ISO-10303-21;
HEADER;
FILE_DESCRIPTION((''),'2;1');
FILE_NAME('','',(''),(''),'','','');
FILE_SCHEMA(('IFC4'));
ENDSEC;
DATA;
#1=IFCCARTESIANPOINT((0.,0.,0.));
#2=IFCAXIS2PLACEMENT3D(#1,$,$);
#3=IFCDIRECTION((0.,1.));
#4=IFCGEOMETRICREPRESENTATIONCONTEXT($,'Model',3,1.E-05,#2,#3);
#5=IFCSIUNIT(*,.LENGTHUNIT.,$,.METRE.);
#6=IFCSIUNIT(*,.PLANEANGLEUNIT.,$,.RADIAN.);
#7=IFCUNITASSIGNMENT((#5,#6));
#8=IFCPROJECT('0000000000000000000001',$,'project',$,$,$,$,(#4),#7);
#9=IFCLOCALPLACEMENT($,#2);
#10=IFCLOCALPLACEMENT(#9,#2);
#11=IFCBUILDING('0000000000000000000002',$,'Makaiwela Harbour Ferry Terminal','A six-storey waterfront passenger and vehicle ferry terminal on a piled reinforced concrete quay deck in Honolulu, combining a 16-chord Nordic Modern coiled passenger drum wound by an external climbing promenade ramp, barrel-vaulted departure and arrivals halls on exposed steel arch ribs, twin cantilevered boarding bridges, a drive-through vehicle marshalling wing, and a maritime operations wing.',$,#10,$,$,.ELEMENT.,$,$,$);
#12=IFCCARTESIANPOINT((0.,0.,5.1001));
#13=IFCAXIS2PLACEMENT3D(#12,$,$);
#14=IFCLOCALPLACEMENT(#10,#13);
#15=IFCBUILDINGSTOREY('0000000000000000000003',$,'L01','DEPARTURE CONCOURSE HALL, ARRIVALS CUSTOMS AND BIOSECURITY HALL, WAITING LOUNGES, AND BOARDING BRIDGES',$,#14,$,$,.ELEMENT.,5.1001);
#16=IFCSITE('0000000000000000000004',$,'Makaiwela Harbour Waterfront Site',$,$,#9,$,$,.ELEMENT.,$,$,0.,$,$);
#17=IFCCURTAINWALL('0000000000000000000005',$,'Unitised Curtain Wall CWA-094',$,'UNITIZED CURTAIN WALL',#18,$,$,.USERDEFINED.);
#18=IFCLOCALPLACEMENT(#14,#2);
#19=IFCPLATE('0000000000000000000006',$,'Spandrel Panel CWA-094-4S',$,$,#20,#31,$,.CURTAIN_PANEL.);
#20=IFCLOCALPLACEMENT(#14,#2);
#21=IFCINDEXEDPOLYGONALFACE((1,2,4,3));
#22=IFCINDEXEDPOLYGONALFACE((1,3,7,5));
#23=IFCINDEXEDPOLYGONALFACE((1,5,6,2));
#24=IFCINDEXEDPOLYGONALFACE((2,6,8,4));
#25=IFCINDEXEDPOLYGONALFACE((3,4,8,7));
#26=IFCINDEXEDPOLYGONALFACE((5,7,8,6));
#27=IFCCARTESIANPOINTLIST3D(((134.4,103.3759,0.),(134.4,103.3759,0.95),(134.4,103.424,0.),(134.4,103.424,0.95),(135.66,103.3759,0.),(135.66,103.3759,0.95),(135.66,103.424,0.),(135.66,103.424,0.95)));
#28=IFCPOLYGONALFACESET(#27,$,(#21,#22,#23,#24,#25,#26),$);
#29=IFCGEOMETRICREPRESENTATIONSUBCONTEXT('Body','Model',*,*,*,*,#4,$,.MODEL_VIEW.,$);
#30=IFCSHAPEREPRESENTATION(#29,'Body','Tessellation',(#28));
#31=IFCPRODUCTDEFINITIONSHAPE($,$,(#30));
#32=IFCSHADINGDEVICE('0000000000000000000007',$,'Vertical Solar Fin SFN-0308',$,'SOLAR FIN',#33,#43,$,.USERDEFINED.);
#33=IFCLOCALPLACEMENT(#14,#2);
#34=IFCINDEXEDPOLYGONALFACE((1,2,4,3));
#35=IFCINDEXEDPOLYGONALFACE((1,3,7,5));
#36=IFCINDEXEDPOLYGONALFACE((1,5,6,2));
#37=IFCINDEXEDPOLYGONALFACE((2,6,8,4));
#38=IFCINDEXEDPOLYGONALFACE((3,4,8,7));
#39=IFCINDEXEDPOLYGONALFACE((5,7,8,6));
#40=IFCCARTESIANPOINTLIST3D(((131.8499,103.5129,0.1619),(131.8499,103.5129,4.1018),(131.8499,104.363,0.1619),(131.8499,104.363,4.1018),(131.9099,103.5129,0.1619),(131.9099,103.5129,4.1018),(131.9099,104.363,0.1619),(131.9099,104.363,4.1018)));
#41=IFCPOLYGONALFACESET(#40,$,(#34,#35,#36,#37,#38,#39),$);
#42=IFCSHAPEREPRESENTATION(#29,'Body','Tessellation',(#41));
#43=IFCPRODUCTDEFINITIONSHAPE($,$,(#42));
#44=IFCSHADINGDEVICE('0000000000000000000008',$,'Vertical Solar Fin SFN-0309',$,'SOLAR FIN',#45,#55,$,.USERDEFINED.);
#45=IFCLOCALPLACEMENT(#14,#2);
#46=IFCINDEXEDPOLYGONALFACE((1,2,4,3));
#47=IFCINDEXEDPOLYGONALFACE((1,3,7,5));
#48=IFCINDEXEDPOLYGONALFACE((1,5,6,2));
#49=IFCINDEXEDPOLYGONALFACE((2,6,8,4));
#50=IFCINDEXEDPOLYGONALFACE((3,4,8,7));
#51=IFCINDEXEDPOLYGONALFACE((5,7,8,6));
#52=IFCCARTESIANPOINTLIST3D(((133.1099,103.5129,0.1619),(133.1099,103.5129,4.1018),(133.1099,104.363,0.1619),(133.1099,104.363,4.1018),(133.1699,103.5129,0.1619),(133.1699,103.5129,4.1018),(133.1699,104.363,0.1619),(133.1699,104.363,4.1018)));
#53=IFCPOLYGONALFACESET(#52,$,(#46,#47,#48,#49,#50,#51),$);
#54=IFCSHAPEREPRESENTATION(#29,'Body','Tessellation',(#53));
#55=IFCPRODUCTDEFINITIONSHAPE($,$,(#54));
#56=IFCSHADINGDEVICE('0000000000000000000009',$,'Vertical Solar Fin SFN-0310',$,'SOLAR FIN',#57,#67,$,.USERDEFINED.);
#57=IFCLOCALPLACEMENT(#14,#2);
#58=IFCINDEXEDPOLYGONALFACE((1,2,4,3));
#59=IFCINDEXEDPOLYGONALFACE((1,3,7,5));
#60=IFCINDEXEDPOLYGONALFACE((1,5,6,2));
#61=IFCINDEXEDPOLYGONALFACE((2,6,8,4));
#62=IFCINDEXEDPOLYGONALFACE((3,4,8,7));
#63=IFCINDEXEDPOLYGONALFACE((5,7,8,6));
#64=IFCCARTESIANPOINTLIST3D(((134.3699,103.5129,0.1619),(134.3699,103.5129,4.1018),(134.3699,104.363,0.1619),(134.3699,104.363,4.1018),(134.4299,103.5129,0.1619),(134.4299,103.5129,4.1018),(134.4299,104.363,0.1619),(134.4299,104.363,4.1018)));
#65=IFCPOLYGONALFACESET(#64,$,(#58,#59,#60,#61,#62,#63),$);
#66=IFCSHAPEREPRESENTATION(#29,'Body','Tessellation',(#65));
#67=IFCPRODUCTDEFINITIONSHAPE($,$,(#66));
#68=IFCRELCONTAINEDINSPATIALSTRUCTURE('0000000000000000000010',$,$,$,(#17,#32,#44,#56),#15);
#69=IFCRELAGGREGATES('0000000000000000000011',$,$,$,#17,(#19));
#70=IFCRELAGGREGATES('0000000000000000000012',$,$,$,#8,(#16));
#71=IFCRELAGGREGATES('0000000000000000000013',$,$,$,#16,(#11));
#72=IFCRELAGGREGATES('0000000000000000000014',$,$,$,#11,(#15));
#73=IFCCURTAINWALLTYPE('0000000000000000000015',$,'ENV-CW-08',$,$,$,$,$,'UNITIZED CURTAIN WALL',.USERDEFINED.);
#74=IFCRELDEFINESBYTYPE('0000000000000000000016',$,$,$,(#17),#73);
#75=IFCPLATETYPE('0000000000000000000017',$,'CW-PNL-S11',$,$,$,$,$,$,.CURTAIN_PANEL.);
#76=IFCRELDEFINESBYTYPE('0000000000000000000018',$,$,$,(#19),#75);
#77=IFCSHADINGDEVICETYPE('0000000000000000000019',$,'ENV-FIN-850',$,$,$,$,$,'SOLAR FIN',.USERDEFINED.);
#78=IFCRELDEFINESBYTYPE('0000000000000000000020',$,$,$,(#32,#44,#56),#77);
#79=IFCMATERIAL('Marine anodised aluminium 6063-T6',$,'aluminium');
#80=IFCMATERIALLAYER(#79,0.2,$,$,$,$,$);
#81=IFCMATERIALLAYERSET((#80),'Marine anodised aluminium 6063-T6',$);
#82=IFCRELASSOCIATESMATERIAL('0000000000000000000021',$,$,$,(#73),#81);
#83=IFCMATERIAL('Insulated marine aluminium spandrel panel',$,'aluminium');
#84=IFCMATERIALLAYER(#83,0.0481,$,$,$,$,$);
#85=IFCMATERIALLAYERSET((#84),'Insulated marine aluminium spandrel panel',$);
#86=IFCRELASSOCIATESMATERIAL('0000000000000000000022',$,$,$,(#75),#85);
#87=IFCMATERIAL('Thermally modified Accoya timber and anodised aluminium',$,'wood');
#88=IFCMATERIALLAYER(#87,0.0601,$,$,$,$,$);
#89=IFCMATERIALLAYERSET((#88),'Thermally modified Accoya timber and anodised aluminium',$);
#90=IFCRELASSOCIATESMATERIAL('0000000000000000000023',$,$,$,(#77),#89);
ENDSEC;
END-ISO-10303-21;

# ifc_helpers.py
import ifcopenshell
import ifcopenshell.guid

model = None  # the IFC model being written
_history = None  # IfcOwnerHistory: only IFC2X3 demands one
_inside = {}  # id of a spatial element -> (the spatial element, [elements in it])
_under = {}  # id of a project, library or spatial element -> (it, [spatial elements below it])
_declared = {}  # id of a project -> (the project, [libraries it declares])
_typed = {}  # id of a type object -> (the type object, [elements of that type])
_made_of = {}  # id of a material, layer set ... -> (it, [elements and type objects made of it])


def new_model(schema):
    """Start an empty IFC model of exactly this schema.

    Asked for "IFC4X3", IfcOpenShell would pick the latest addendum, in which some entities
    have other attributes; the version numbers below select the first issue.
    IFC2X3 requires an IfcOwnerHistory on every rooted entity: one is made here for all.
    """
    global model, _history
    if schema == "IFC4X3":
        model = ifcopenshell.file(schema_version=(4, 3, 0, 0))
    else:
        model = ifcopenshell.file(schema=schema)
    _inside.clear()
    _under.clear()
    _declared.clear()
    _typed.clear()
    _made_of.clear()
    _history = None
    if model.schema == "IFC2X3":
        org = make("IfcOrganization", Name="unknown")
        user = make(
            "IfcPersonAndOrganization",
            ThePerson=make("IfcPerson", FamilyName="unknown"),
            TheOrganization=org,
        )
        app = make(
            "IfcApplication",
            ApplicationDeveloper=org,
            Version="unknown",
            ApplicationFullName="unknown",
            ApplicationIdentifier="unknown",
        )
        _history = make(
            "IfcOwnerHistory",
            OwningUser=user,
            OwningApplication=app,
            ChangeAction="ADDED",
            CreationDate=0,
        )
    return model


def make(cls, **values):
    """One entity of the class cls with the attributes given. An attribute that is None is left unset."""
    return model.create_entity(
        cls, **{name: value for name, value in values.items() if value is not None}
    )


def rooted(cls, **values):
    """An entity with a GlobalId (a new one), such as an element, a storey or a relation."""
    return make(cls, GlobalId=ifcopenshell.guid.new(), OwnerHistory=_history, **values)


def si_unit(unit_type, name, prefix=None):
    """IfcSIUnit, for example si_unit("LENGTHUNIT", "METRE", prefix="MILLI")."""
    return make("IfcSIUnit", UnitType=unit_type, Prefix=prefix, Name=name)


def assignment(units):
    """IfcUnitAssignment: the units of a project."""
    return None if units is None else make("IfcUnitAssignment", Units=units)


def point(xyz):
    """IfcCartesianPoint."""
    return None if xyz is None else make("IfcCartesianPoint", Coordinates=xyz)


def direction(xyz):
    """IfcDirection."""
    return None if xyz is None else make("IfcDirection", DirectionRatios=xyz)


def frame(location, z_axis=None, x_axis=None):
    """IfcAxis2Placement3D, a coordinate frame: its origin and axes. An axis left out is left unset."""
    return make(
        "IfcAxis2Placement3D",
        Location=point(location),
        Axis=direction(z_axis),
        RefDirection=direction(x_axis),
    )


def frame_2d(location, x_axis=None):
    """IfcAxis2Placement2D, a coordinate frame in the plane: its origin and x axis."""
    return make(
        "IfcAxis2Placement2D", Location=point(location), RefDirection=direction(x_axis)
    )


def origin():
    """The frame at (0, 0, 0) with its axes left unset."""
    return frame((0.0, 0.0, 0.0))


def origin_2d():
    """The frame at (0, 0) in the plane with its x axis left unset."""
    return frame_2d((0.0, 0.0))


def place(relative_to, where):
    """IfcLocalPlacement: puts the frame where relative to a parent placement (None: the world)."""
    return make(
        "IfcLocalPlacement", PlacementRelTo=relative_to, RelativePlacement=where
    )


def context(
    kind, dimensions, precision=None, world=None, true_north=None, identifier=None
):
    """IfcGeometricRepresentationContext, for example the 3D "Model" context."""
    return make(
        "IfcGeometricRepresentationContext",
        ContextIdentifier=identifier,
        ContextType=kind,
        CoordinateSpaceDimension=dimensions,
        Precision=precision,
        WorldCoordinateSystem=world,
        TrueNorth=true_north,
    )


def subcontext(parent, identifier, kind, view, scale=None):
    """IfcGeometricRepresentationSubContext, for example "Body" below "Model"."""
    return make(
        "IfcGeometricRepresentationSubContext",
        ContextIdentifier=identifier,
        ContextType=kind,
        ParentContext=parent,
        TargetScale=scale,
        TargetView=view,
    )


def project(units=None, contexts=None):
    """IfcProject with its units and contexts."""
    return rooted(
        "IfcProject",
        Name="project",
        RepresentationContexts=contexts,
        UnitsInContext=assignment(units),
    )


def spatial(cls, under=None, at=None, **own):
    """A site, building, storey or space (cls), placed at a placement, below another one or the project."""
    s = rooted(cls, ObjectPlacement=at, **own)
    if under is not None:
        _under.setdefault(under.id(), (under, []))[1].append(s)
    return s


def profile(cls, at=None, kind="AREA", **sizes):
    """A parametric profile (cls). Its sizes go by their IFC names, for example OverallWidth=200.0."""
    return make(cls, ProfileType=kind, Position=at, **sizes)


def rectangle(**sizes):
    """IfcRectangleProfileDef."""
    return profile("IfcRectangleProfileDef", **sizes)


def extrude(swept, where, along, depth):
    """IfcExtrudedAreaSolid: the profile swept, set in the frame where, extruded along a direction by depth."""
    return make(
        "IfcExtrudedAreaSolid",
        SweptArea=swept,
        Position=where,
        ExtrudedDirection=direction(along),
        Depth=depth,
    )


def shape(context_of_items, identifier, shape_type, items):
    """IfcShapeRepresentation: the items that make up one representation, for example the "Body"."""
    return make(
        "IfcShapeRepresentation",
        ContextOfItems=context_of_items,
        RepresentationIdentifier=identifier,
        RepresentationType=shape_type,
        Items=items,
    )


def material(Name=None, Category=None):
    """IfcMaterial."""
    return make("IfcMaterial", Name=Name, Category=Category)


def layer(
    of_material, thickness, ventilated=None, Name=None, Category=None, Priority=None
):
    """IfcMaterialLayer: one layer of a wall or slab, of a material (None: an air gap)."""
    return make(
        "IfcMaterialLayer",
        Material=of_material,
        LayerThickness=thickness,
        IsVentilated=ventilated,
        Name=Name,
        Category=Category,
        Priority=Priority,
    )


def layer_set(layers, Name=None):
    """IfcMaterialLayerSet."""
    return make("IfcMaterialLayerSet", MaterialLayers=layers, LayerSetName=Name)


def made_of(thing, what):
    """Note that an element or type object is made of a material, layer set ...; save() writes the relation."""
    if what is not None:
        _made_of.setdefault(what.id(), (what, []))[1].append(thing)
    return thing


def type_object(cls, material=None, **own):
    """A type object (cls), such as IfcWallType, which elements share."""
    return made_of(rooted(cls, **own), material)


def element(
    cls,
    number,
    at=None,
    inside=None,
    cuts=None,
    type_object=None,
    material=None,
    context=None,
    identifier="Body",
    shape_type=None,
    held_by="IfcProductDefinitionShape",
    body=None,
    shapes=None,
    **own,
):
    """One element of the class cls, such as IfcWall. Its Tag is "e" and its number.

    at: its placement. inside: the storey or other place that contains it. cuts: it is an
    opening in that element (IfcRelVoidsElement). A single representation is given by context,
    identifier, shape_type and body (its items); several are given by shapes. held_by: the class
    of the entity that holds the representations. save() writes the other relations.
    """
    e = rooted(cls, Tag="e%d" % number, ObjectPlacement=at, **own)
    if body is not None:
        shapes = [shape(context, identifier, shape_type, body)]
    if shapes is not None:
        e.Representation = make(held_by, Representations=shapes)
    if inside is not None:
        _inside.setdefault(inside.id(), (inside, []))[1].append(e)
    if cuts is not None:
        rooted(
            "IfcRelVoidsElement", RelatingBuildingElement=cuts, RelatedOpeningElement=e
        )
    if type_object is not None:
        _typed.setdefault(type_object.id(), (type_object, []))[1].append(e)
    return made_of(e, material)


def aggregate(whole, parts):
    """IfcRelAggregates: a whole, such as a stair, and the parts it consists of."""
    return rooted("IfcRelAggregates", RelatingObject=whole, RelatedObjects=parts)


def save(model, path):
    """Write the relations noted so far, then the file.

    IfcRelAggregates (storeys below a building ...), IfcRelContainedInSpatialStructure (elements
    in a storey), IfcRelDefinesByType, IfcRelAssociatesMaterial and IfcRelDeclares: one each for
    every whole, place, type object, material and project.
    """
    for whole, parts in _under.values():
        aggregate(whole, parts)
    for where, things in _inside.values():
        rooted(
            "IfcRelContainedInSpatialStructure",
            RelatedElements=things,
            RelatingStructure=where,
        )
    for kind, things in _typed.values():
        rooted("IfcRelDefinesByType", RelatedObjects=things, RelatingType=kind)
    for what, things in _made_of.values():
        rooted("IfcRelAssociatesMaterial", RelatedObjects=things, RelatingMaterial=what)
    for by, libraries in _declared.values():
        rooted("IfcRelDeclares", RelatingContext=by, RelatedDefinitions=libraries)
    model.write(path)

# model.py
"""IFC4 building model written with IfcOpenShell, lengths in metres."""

from ifc_helpers import new_model, si_unit, direction, frame, origin, origin_2d, place, context, subcontext, project, spatial, rectangle, extrude, material, layer, layer_set, type_object, element, aggregate, save


model = new_model("IFC4")

# Units and contexts
model_context = context("Model", 3, precision=1e-05, world=origin(), true_north=direction((0.0, 1.0)))
body_context = subcontext(model_context, "Body", "Model", "MODEL_VIEW")
ifc_project = project(units=[si_unit("LENGTHUNIT", "METRE"), si_unit("PLANEANGLEUNIT", "RADIAN")], contexts=[model_context])

# Site, building, storey
site_placement = place(None, origin())
site = spatial("IfcSite", under=ifc_project, at=site_placement, Name="Makaiwela Harbour Waterfront Site", CompositionType="ELEMENT", RefElevation=0.0)
building_placement = place(site_placement, origin())
building = spatial("IfcBuilding", under=site, at=building_placement, Name="Makaiwela Harbour Ferry Terminal", Description="A six-storey waterfront passenger and vehicle ferry terminal on a piled reinforced concrete quay deck in Honolulu, combining a 16-chord Nordic Modern coiled passenger drum wound by an external climbing promenade ramp, barrel-vaulted departure and arrivals halls on exposed steel arch ribs, twin cantilevered boarding bridges, a drive-through vehicle marshalling wing, and a maritime operations wing.", CompositionType="ELEMENT")
storey_placement = place(building_placement, frame((0.0, 0.0, 5.1001)))
storey = spatial("IfcBuildingStorey", under=building, at=storey_placement, Name="L01", Description="DEPARTURE CONCOURSE HALL, ARRIVALS CUSTOMS AND BIOSECURITY HALL, WAITING LOUNGES, AND BOARDING BRIDGES", CompositionType="ELEMENT", Elevation=5.1001)

# Curtain wall
ifc_material_1 = material(Name="Marine anodised aluminium 6063-T6", Category="aluminium")
ifc_layer_1 = layer(ifc_material_1, 0.2)
ifc_layer_set_1 = layer_set([ifc_layer_1], Name="Marine anodised aluminium 6063-T6")
curtain_wall_type = type_object("IfcCurtainWallType", Name="ENV-CW-08", ElementType="UNITIZED CURTAIN WALL", PredefinedType="USERDEFINED", material=ifc_layer_set_1)
curtain_wall_placement = place(storey_placement, origin())
curtain_wall = element("IfcCurtainWall", 1, at=curtain_wall_placement, inside=storey, type_object=curtain_wall_type, Name="Unitised Curtain Wall CWA-094", ObjectType="UNITIZED CURTAIN WALL", PredefinedType="USERDEFINED")

# Plate
ifc_material_2 = material(Name="Insulated marine aluminium spandrel panel", Category="aluminium")
ifc_layer_2 = layer(ifc_material_2, 0.0481)
ifc_layer_set_2 = layer_set([ifc_layer_2], Name="Insulated marine aluminium spandrel panel")
plate_type_1 = type_object("IfcPlateType", Name="CW-PNL-S11", PredefinedType="CURTAIN_PANEL", material=ifc_layer_set_2)
plate_1_placement = place(storey_placement, frame((135.03, 103.3999, 0.0), z_axis=(0.0, 0.0, 1.0), x_axis=(1.0, 0.0, 0.0)))
plate_1 = element("IfcPlate", 2, at=plate_1_placement, type_object=plate_type_1, Name="Spandrel Panel CWA-094-4S", PredefinedType="CURTAIN_PANEL", context=body_context, shape_type="SweptSolid", body=[
    extrude(rectangle(XDim=1.26, YDim=0.0481, at=origin_2d()), origin(), (0.0, 0.0, 1.0), 0.95),
])
aggregate(curtain_wall, [plate_1])

# Shading devices
ifc_material_3 = material(Name="Thermally modified Accoya timber and anodised aluminium", Category="wood")
ifc_layer_3 = layer(ifc_material_3, 0.0601)
ifc_layer_set_3 = layer_set([ifc_layer_3], Name="Thermally modified Accoya timber and anodised aluminium")
shading_device_type = type_object("IfcShadingDeviceType", Name="ENV-FIN-850", ElementType="SOLAR FIN", PredefinedType="USERDEFINED", material=ifc_layer_set_3)
for number, where, z_axis, x_axis, name in (
    (3, (131.8799, 103.938, 0.1619), (0.0, 0.0, 1.0), (0.0, 1.0, 0.0), "Vertical Solar Fin SFN-0308"),
    (4, (133.1399, 103.938, 0.1619), (0.0, 0.0, 1.0), (0.0, 1.0, 0.0), "Vertical Solar Fin SFN-0309"),
    (5, (134.3999, 103.938, 0.1619), (0.0, 0.0, 1.0), (0.0, 1.0, 0.0), "Vertical Solar Fin SFN-0310"),
):
    element("IfcShadingDevice", number, at=place(storey_placement, frame(where, z_axis=z_axis, x_axis=x_axis)), inside=storey, type_object=shading_device_type, Name=name, ObjectType="SOLAR FIN", PredefinedType="USERDEFINED", context=body_context, shape_type="SweptSolid", body=[
        extrude(rectangle(XDim=0.8501, YDim=0.0601, at=origin_2d()), origin(), (0.0, 0.0, 1.0), 3.9399),
    ])

save(model, "model.ifc")
